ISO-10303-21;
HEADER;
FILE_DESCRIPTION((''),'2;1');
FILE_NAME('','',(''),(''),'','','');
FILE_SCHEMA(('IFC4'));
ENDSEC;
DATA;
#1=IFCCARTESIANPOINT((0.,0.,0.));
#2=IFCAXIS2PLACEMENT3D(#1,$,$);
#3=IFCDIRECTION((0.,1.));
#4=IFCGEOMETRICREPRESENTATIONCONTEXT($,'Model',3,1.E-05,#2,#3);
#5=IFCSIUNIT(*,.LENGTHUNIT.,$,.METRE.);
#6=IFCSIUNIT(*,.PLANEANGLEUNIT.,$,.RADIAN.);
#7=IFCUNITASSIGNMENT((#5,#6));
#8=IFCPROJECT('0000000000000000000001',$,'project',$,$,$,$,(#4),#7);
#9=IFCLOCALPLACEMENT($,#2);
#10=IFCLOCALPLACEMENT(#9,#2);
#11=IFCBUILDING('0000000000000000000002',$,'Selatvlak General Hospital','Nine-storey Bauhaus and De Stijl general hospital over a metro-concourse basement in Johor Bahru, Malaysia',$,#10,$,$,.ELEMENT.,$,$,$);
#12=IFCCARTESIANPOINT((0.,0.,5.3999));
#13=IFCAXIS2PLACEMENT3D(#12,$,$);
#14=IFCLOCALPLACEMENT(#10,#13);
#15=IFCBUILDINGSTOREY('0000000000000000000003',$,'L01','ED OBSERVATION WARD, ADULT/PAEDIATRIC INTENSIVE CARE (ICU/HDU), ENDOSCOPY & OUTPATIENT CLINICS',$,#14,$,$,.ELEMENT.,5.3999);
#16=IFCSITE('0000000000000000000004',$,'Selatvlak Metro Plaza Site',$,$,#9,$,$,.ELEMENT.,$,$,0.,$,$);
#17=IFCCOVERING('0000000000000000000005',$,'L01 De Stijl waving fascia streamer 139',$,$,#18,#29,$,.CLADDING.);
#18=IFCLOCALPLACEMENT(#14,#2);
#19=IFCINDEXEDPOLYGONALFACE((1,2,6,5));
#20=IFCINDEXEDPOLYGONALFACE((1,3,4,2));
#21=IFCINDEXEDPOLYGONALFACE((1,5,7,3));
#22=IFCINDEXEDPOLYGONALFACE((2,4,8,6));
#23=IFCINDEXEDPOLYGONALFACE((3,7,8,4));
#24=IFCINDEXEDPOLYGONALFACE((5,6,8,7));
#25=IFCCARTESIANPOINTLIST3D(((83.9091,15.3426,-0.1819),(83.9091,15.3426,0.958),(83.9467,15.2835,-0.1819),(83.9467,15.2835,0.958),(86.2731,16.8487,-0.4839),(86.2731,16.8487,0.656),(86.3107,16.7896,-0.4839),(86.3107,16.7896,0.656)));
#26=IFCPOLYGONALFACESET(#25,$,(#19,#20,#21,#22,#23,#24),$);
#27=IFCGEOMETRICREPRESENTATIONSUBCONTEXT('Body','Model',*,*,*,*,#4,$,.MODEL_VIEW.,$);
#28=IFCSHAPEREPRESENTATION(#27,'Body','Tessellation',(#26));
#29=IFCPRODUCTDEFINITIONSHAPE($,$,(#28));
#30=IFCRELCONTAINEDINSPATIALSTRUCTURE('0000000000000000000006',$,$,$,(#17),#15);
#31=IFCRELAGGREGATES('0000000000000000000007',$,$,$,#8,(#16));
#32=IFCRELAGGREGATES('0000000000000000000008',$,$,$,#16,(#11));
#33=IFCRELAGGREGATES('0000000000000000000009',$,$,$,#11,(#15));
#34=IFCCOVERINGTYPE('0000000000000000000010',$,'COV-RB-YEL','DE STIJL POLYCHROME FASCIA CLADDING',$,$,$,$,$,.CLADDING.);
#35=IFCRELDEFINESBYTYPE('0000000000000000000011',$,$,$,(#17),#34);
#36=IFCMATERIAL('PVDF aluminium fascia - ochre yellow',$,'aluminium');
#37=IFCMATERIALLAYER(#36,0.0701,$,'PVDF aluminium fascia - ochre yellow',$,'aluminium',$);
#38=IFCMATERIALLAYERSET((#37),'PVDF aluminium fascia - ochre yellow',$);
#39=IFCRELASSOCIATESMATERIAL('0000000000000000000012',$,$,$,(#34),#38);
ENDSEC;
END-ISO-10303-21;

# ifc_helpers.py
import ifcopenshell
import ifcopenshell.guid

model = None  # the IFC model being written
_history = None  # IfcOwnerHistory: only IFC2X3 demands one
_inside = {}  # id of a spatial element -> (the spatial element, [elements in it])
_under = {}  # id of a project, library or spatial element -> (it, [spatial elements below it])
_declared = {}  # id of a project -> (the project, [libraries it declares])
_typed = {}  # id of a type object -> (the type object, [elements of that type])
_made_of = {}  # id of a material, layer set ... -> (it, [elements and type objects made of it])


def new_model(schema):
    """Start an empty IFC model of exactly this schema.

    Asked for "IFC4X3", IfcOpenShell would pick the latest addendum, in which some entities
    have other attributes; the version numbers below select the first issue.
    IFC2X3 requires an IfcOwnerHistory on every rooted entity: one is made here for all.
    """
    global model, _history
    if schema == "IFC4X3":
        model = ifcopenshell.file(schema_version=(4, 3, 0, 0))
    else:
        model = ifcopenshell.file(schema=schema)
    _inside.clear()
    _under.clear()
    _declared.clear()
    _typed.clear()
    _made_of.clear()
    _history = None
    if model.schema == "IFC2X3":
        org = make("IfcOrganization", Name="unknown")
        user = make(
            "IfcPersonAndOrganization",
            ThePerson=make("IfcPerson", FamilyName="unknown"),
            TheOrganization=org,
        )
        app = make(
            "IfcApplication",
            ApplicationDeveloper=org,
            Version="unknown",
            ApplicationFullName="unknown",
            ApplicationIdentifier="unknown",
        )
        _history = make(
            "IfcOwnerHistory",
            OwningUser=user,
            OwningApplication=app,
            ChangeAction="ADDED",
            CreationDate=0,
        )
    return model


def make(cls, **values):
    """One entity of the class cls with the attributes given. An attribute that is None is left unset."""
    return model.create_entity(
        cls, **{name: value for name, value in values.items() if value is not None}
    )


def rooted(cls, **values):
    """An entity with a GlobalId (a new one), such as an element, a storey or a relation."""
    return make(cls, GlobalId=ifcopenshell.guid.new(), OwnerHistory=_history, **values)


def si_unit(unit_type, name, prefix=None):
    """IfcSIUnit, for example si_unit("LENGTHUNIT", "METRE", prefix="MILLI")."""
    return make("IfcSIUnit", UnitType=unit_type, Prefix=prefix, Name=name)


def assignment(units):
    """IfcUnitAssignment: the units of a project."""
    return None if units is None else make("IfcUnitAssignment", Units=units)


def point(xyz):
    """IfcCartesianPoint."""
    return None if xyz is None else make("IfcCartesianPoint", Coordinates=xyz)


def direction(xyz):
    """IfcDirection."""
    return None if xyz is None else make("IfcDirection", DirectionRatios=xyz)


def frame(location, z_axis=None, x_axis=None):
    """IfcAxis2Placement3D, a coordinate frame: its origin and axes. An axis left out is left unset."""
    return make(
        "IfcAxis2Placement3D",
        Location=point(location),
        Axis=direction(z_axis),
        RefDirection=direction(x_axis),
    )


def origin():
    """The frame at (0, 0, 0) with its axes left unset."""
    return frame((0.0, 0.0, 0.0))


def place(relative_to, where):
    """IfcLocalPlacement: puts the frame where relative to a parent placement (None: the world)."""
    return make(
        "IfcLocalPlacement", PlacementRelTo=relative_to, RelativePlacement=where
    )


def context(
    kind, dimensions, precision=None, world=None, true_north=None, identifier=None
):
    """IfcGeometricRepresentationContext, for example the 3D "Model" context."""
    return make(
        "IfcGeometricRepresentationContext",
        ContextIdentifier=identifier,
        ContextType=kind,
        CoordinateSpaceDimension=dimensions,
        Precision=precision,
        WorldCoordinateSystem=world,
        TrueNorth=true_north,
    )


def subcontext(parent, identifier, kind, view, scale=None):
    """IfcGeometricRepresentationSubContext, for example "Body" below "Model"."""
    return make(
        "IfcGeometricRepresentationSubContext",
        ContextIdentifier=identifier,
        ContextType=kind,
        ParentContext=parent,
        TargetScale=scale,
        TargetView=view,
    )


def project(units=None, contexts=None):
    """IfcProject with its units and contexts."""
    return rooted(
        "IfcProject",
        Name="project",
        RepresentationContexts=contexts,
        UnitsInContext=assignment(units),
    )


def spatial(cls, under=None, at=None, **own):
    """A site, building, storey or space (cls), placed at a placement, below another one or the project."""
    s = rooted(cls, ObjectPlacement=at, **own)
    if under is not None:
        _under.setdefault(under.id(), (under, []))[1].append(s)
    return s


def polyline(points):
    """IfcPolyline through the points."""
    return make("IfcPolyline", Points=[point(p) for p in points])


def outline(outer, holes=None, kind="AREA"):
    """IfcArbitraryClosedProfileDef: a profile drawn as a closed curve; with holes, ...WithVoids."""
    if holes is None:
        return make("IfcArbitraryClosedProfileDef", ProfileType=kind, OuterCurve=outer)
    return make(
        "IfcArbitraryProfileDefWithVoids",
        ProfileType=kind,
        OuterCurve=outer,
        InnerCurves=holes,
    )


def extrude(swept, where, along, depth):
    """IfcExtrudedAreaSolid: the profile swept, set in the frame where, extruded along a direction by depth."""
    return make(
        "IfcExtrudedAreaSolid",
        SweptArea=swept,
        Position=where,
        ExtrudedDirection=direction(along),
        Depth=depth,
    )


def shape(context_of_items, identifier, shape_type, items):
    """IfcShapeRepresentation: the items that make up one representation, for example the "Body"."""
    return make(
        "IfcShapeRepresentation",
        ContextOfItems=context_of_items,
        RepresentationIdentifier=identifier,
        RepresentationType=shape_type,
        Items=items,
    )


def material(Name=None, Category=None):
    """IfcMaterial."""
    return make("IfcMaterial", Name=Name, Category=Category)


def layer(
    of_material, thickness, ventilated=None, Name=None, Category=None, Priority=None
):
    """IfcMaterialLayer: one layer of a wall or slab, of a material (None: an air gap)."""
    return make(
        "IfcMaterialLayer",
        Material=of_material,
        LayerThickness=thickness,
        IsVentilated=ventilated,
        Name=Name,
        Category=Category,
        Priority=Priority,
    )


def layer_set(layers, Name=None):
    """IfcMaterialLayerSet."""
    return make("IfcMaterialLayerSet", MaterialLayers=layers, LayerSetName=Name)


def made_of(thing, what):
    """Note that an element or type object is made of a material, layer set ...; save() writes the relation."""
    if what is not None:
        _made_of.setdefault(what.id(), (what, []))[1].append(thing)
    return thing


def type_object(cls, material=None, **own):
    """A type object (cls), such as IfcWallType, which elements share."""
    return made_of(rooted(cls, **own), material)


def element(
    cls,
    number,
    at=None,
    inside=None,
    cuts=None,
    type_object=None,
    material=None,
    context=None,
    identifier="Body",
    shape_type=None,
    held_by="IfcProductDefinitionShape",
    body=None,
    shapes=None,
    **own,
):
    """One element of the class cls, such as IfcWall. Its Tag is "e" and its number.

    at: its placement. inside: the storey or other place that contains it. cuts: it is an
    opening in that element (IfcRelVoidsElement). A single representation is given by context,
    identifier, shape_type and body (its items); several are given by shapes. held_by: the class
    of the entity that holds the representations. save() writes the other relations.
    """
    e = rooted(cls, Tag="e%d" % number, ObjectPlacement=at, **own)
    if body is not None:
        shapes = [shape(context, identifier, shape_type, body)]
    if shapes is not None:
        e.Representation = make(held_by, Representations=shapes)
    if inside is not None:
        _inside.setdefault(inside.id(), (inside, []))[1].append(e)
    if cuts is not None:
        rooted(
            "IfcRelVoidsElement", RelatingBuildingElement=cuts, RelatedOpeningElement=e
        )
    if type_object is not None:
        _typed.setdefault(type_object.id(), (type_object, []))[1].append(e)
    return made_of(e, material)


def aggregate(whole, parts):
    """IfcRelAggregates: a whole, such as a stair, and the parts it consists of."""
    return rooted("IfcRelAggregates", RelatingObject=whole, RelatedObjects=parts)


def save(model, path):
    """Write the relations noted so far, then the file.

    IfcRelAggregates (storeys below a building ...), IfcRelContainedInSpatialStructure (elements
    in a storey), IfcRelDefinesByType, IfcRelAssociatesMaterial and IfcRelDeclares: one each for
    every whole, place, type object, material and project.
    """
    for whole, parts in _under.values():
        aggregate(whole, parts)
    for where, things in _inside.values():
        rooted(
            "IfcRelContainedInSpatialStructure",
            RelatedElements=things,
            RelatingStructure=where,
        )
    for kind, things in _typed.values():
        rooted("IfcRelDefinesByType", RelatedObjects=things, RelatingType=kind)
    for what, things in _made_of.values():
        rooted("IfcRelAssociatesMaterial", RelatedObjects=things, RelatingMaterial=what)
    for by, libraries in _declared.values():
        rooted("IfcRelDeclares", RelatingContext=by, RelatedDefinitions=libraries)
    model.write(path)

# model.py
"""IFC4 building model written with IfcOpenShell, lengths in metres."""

from ifc_helpers import new_model, si_unit, direction, frame, origin, place, context, subcontext, project, spatial, polyline, outline, extrude, material, layer, layer_set, type_object, element, save


model = new_model("IFC4")

# Units and contexts
model_context = context("Model", 3, precision=1e-05, world=origin(), true_north=direction((0.0, 1.0)))
body_context = subcontext(model_context, "Body", "Model", "MODEL_VIEW")
ifc_project = project(units=[si_unit("LENGTHUNIT", "METRE"), si_unit("PLANEANGLEUNIT", "RADIAN")], contexts=[model_context])

# Site, building, storey
site_placement = place(None, origin())
site = spatial("IfcSite", under=ifc_project, at=site_placement, Name="Selatvlak Metro Plaza Site", CompositionType="ELEMENT", RefElevation=0.0)
building_placement = place(site_placement, origin())
building = spatial("IfcBuilding", under=site, at=building_placement, Name="Selatvlak General Hospital", Description="Nine-storey Bauhaus and De Stijl general hospital over a metro-concourse basement in Johor Bahru, Malaysia", CompositionType="ELEMENT")
storey_placement = place(building_placement, frame((0.0, 0.0, 5.3999)))
storey = spatial("IfcBuildingStorey", under=building, at=storey_placement, Name="L01", Description="ED OBSERVATION WARD, ADULT/PAEDIATRIC INTENSIVE CARE (ICU/HDU), ENDOSCOPY & OUTPATIENT CLINICS", CompositionType="ELEMENT", Elevation=5.3999)

# Covering
ifc_material_1 = material(Name="PVDF aluminium fascia - ochre yellow", Category="aluminium")
ifc_layer_1 = layer(ifc_material_1, 0.0701, Name="PVDF aluminium fascia - ochre yellow", Category="aluminium")
ifc_layer_set_1 = layer_set([ifc_layer_1], Name="PVDF aluminium fascia - ochre yellow")
covering_type = type_object("IfcCoveringType", Name="COV-RB-YEL", Description="DE STIJL POLYCHROME FASCIA CLADDING", PredefinedType="CLADDING", material=ifc_layer_set_1)
covering_1_placement = place(storey_placement, frame((83.928, 15.313, -0.1819), z_axis=(0.0, 0.0, 1.0), x_axis=(0.843382, 0.537315, 0.0)))
element("IfcCovering", 1, at=covering_1_placement, inside=storey, type_object=covering_type, Name="L01 De Stijl waving fascia streamer 139", PredefinedType="CLADDING", context=body_context, shape_type="SweptSolid", body=[
    extrude(outline(polyline([(0.0, 0.0), (2.803, -0.302), (2.803, 0.8379), (0.0, 1.1399), (0.0, 0.0)])), frame((0.0, 0.0352, 0.0), z_axis=(0.0, -1.0, 0.0), x_axis=(1.0, 0.0, 0.0)), (0.0, 0.0, 1.0), 0.0701),
])

save(model, "model.ifc")
